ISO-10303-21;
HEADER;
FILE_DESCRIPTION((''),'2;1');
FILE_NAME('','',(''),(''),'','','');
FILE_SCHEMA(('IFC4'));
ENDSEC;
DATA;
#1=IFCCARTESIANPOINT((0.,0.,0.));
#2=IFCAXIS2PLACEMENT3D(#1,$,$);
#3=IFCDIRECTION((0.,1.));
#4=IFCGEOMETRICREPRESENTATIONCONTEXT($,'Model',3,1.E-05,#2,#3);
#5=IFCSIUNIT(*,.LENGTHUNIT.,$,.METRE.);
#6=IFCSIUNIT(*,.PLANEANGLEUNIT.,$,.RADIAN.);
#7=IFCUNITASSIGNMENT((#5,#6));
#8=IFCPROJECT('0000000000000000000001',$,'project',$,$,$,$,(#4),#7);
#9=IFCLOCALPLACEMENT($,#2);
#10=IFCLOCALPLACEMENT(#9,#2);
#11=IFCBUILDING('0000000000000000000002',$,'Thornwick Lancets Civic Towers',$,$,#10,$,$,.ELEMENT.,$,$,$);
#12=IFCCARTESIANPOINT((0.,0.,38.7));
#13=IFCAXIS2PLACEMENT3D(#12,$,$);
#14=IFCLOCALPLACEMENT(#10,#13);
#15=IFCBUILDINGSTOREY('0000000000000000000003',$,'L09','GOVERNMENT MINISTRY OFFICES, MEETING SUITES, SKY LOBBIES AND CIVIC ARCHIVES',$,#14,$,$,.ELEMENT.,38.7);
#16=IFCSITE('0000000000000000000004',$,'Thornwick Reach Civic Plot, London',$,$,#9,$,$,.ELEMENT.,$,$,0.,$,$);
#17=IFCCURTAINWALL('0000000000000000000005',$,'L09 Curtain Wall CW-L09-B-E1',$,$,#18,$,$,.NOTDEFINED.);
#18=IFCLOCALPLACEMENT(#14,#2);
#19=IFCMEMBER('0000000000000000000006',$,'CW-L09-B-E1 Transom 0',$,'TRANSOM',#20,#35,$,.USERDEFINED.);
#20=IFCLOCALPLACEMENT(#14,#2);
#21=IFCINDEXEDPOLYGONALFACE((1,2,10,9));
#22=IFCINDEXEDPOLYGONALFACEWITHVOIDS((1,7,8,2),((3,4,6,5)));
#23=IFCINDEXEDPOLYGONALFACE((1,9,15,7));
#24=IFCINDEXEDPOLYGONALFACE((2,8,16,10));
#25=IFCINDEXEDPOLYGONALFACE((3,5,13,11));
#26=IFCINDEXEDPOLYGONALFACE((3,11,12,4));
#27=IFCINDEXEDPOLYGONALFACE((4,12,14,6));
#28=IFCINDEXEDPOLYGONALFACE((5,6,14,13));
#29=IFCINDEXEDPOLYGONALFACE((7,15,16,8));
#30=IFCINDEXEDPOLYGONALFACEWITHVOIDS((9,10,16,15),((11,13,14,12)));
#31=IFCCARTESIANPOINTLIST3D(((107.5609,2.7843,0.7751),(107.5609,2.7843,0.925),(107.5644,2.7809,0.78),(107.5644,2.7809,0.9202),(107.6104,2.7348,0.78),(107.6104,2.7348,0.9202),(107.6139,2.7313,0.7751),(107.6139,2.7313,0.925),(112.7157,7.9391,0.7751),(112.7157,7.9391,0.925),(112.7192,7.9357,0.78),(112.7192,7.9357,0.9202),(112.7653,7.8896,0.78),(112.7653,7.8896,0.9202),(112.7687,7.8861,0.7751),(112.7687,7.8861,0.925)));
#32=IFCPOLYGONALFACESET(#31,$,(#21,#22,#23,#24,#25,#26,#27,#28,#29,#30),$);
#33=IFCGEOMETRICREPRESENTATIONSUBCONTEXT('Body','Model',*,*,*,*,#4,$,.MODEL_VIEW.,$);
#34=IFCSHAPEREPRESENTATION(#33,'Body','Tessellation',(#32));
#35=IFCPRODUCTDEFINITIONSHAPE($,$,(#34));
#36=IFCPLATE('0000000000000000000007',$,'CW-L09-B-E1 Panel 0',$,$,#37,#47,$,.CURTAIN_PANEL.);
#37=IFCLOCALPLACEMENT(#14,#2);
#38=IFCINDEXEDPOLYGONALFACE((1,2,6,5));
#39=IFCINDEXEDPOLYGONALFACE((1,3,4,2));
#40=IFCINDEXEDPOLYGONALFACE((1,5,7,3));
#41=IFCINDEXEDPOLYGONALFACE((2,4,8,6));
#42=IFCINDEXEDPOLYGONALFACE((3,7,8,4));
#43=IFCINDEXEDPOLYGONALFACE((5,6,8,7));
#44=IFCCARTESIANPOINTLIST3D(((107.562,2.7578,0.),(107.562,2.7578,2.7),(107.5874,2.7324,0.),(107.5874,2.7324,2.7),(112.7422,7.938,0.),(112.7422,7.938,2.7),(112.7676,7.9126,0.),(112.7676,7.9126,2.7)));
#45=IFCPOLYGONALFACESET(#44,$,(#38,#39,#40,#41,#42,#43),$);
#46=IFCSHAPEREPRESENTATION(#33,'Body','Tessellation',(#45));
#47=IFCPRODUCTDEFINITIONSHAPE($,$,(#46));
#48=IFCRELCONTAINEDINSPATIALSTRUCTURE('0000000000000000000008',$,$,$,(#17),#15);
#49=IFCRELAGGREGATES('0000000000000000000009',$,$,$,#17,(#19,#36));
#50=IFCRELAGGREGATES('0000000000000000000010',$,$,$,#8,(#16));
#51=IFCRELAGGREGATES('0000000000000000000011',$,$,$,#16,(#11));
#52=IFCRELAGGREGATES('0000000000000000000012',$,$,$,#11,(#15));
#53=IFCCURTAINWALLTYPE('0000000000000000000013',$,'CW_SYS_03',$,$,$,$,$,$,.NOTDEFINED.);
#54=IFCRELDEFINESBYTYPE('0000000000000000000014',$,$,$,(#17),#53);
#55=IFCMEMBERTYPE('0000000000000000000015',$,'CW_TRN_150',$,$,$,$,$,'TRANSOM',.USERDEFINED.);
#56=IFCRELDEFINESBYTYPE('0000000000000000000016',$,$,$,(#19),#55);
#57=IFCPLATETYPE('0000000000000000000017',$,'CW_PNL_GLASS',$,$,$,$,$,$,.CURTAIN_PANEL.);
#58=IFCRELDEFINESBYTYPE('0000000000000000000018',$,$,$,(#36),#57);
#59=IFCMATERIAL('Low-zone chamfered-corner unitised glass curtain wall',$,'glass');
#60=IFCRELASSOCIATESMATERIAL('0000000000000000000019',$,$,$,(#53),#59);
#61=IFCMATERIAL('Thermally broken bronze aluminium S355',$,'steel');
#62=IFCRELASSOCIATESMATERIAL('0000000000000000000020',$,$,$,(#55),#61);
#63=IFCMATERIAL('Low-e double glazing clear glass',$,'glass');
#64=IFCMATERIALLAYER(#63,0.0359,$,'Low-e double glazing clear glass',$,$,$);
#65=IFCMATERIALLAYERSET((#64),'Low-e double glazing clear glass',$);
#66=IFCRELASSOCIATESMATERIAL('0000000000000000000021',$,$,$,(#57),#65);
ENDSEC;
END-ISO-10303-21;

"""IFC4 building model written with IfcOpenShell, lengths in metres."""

from ifc_helpers import new_model, si_unit, direction, frame, origin, origin_2d, place, context, subcontext, project, spatial, rectangle, hollow_rectangle, extrude, material, layer, layer_set, material_profile, profile_set, type_object, element, aggregate, save


model = new_model("IFC4")

# Units and contexts
model_context = context("Model", 3, precision=1e-05, world=origin(), true_north=direction((0.0, 1.0)))
body_context = subcontext(model_context, "Body", "Model", "MODEL_VIEW")
ifc_project = project(units=[si_unit("LENGTHUNIT", "METRE"), si_unit("PLANEANGLEUNIT", "RADIAN")], contexts=[model_context])

# Site, building, storey
site_placement = place(None, origin())
site = spatial("IfcSite", under=ifc_project, at=site_placement, Name="Thornwick Reach Civic Plot, London", CompositionType="ELEMENT", RefElevation=0.0)
building_placement = place(site_placement, origin())
building = spatial("IfcBuilding", under=site, at=building_placement, Name="Thornwick Lancets Civic Towers", CompositionType="ELEMENT")
storey_placement = place(building_placement, frame((0.0, 0.0, 38.7)))
storey = spatial("IfcBuildingStorey", under=building, at=storey_placement, Name="L09", Description="GOVERNMENT MINISTRY OFFICES, MEETING SUITES, SKY LOBBIES AND CIVIC ARCHIVES", CompositionType="ELEMENT", Elevation=38.7)

# Curtain wall, member, plate
ifc_material_1 = material(Name="Low-zone chamfered-corner unitised glass curtain wall", Category="glass")
curtain_wall_type = type_object("IfcCurtainWallType", Name="CW_SYS_03", PredefinedType="NOTDEFINED", material=ifc_material_1)
curtain_wall_placement = place(storey_placement, origin())
curtain_wall = element("IfcCurtainWall", 1, at=curtain_wall_placement, inside=storey, type_object=curtain_wall_type, Name="L09 Curtain Wall CW-L09-B-E1", PredefinedType="NOTDEFINED")
ifc_material_2 = material(Name="Thermally broken bronze aluminium S355", Category="steel")
ifc_material_profile_1 = material_profile(ifc_material_2, hollow_rectangle(XDim=0.075, YDim=0.1499, WallThickness=0.0049, at=origin_2d()), Name="RHS 150x75x5")
ifc_profile_set_1 = profile_set([ifc_material_profile_1], Name="Thermally broken bronze aluminium S355")
member_type_1 = type_object("IfcMemberType", Name="CW_TRN_150", ElementType="TRANSOM", PredefinedType="USERDEFINED", material=ifc_profile_set_1)
member_1_placement = place(storey_placement, frame((107.5874, 2.7578, 0.8501), z_axis=(0.707107, 0.707107, 0.0), x_axis=(-0.707107, 0.707107, 0.0)))
member_1 = element("IfcMember", 2, at=member_1_placement, type_object=member_type_1, Name="CW-L09-B-E1 Transom 0", ObjectType="TRANSOM", PredefinedType="USERDEFINED", context=body_context, shape_type="SweptSolid", body=[
    extrude(hollow_rectangle(XDim=0.075, YDim=0.1499, WallThickness=0.0049, at=origin_2d()), origin(), (0.0, 0.0, 1.0), 7.29),
])
ifc_material_3 = material(Name="Low-e double glazing clear glass", Category="glass")
ifc_layer_1 = layer(ifc_material_3, 0.0359, Name="Low-e double glazing clear glass")
ifc_layer_set_1 = layer_set([ifc_layer_1], Name="Low-e double glazing clear glass")
plate_type = type_object("IfcPlateType", Name="CW_PNL_GLASS", PredefinedType="CURTAIN_PANEL", material=ifc_layer_set_1)
plate_placement = place(storey_placement, frame((110.1648, 5.3352, 0.0), z_axis=(0.0, 0.0, 1.0), x_axis=(0.707107, 0.707107, 0.0)))
plate = element("IfcPlate", 3, at=plate_placement, type_object=plate_type, Name="CW-L09-B-E1 Panel 0", PredefinedType="CURTAIN_PANEL", context=body_context, shape_type="SweptSolid", body=[
    extrude(rectangle(XDim=7.3259, YDim=0.0359, at=origin_2d()), origin(), (0.0, 0.0, 1.0), 2.7),
])
aggregate(curtain_wall, [member_1, plate])

save(model, "model.ifc")
